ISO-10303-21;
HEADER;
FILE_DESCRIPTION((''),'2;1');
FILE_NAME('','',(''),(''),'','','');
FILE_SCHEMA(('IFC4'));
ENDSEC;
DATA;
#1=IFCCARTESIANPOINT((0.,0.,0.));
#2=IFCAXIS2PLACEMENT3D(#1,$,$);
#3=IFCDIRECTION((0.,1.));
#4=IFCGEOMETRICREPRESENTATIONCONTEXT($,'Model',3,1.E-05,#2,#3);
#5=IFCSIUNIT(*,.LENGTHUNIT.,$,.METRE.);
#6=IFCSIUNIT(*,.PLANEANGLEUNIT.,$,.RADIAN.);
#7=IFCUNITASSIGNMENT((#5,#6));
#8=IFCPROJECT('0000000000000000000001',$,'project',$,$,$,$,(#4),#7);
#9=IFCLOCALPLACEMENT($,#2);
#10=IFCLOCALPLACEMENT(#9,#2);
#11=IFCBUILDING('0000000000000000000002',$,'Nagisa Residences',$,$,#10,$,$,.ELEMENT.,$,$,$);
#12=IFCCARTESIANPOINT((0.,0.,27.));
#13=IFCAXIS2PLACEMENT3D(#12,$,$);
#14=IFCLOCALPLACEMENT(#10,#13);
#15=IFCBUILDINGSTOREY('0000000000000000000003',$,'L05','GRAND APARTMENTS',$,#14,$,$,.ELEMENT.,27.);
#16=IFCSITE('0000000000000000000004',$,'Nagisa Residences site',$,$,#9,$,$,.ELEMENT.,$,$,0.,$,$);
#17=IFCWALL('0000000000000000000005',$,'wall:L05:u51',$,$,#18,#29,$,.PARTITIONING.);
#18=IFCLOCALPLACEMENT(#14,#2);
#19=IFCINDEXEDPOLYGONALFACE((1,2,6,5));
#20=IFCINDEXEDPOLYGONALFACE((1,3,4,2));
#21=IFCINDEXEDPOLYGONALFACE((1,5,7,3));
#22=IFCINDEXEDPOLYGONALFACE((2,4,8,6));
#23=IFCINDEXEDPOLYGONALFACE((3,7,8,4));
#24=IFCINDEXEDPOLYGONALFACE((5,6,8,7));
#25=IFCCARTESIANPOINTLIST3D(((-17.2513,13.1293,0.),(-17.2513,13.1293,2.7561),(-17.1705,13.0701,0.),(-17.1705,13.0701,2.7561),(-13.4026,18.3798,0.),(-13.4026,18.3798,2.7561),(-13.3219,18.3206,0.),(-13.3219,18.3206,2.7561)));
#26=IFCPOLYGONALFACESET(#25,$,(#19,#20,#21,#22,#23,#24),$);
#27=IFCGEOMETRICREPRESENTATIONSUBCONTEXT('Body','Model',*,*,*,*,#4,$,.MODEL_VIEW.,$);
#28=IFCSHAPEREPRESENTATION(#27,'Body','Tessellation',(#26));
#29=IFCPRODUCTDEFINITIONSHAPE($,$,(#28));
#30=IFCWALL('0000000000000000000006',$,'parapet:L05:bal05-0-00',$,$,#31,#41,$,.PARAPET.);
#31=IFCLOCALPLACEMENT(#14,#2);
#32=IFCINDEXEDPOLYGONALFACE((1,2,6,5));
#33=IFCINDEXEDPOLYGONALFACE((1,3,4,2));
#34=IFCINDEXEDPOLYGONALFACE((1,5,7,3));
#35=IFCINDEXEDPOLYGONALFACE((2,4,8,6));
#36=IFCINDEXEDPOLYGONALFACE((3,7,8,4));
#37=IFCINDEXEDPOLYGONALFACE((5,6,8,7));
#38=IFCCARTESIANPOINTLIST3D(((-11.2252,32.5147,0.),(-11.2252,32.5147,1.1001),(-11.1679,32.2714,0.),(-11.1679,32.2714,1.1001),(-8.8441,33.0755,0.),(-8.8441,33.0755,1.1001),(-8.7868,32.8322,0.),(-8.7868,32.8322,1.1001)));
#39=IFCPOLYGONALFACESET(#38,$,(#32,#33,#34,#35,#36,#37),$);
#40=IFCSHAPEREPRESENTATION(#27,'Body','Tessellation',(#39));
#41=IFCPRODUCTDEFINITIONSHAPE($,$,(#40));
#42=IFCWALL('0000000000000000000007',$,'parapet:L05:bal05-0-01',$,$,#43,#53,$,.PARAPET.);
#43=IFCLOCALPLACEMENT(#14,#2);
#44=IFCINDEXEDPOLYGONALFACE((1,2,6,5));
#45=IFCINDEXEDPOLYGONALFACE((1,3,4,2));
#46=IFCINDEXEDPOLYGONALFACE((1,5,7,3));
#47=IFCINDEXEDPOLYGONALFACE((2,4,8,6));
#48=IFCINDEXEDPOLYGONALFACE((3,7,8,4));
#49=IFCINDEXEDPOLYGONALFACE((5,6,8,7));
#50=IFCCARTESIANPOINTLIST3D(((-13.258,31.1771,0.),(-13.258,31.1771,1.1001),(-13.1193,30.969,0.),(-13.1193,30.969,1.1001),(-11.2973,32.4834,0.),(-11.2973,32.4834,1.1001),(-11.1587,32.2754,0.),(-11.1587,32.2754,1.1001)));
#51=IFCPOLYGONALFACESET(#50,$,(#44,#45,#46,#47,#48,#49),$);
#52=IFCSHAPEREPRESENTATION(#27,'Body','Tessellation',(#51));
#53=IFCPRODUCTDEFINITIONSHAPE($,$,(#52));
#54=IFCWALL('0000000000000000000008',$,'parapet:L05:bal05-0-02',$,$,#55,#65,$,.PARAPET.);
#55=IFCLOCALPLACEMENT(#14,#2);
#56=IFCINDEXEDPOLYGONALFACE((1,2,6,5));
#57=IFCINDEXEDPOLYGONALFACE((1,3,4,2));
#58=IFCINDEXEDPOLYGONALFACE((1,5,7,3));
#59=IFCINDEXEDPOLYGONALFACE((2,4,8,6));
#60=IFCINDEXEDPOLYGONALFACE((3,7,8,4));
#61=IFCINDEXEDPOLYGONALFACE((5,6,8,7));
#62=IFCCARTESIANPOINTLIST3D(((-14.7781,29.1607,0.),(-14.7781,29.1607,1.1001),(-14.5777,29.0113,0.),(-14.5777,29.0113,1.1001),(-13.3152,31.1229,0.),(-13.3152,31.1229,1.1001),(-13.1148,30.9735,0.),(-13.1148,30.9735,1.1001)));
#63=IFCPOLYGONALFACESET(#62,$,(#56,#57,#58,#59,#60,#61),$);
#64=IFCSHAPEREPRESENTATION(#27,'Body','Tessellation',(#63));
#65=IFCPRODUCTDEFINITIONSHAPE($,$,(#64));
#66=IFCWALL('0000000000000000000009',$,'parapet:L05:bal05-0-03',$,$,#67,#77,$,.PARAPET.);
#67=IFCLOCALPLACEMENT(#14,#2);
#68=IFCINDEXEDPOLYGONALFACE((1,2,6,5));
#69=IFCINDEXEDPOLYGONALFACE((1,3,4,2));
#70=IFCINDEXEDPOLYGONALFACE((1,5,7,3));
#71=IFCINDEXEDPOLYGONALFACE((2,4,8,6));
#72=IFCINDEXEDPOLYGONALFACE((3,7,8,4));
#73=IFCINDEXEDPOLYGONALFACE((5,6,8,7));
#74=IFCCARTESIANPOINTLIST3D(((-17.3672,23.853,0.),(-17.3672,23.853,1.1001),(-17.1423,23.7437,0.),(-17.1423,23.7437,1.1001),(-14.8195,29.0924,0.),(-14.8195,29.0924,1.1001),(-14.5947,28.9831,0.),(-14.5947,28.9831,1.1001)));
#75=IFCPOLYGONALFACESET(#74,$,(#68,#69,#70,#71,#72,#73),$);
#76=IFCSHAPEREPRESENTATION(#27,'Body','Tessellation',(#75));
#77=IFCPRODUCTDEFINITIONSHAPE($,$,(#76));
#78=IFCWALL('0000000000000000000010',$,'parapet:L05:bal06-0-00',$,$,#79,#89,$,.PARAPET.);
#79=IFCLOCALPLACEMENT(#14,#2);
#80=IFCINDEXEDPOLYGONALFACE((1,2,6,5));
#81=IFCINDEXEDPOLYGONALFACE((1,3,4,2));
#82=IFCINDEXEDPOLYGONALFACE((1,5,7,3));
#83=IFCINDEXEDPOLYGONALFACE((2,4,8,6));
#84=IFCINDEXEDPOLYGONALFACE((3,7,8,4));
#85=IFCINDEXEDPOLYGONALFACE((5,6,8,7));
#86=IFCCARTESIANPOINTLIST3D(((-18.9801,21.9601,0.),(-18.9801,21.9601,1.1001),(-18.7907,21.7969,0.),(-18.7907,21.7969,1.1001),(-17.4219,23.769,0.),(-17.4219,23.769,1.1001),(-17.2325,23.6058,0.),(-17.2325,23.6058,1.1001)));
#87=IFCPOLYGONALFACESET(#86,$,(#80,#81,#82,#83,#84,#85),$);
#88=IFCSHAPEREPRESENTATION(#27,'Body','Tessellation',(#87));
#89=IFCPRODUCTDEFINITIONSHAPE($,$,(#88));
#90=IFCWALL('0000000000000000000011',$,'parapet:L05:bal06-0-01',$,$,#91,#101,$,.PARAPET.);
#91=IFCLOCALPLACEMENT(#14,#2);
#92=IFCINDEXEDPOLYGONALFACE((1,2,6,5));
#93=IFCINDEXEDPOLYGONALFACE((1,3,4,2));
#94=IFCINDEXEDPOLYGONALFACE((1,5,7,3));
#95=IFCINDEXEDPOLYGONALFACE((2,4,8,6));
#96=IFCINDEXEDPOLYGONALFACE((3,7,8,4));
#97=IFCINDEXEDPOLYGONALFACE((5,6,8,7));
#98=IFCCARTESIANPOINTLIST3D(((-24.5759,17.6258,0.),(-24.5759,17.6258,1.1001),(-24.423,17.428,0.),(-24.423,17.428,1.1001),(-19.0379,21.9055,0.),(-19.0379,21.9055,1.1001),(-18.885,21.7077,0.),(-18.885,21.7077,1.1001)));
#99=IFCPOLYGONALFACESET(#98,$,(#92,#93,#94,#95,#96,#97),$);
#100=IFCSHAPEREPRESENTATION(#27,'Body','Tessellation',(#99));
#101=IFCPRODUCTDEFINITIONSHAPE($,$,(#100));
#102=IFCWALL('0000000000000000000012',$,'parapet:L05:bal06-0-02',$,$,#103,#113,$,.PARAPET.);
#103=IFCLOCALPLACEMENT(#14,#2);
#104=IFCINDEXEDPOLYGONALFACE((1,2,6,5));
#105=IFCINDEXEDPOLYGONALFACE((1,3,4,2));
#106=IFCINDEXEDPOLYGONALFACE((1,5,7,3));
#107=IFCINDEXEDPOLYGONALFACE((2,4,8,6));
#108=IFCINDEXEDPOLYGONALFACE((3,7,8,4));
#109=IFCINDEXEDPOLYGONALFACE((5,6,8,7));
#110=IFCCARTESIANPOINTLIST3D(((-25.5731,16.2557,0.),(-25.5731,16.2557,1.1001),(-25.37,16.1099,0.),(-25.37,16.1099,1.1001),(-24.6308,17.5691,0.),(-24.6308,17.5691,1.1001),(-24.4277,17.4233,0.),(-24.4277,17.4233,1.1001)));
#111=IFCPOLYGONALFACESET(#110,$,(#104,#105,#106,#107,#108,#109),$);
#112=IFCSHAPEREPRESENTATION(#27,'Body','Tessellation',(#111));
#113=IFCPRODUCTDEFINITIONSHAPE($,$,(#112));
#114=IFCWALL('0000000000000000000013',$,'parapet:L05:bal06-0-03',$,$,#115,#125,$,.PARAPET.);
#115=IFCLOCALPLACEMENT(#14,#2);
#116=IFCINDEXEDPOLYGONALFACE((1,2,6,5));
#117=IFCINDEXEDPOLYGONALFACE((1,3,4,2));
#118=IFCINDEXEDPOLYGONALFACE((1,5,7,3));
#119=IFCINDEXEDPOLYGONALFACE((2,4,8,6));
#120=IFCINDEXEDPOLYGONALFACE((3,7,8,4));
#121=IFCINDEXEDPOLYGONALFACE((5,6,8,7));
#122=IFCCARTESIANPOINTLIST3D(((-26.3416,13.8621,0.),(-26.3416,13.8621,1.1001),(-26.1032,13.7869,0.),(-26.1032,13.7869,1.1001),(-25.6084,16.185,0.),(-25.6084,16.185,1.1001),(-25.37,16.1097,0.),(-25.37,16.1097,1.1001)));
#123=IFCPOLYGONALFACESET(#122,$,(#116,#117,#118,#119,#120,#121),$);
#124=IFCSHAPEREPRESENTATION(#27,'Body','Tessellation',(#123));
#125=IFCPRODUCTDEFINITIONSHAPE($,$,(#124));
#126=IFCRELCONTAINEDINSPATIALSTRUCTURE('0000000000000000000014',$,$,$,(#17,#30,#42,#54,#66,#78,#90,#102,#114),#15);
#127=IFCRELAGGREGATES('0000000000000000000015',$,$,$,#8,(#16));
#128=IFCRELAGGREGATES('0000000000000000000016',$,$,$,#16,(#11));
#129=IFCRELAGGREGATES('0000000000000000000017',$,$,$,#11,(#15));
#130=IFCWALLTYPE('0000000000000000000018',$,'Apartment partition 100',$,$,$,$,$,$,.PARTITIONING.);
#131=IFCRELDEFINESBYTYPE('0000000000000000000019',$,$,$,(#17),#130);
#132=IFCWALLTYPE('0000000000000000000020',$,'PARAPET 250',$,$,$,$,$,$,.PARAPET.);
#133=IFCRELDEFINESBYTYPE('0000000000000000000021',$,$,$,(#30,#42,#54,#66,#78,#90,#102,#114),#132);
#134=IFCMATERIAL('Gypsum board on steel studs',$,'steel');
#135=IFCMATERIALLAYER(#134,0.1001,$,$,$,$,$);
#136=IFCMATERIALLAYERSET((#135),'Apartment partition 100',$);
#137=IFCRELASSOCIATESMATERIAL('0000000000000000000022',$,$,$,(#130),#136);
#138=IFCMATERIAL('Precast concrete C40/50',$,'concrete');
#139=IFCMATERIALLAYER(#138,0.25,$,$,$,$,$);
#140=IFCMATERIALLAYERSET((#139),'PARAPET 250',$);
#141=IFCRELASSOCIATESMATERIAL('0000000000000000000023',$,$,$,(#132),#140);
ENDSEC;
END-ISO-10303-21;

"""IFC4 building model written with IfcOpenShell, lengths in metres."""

from ifc_helpers import new_model, si_unit, direction, frame, frame_2d, origin, place, context, subcontext, project, spatial, rectangle, extrude, material, layer, layer_set, type_object, element, save


model = new_model("IFC4")

# Units and contexts
model_context = context("Model", 3, precision=1e-05, world=origin(), true_north=direction((0.0, 1.0)))
body_context = subcontext(model_context, "Body", "Model", "MODEL_VIEW")
ifc_project = project(units=[si_unit("LENGTHUNIT", "METRE"), si_unit("PLANEANGLEUNIT", "RADIAN")], contexts=[model_context])

# Site, building, storey
site_placement = place(None, origin())
site = spatial("IfcSite", under=ifc_project, at=site_placement, Name="Nagisa Residences site", CompositionType="ELEMENT", RefElevation=0.0)
building_placement = place(site_placement, origin())
building = spatial("IfcBuilding", under=site, at=building_placement, Name="Nagisa Residences", CompositionType="ELEMENT")
storey_placement = place(building_placement, frame((0.0, 0.0, 27.0)))
storey = spatial("IfcBuildingStorey", under=building, at=storey_placement, Name="L05", Description="GRAND APARTMENTS", CompositionType="ELEMENT", Elevation=27.0)

# Shared definitions
ifc_material_1 = material(Name="Gypsum board on steel studs", Category="steel")
ifc_layer_1 = layer(ifc_material_1, 0.1001)
ifc_layer_set_1 = layer_set([ifc_layer_1], Name="Apartment partition 100")
wall_type_1 = type_object("IfcWallType", Name="Apartment partition 100", PredefinedType="PARTITIONING", material=ifc_layer_set_1)

# Wall
wall_1_placement = place(storey_placement, frame((-13.3623, 18.3501, 0.0), z_axis=(0.0, 0.0, 1.0), x_axis=(-0.591191, -0.806531, 0.0)))
element("IfcWall", 1, at=wall_1_placement, inside=storey, type_object=wall_type_1, Name="wall:L05:u51", PredefinedType="PARTITIONING", context=body_context, shape_type="SweptSolid", body=[
    extrude(rectangle(XDim=6.51, YDim=0.1001, at=frame_2d((3.2549, 0.0))), origin(), (0.0, 0.0, 1.0), 2.7561),
])

# Walls
ifc_material_2 = material(Name="Precast concrete C40/50", Category="concrete")
ifc_layer_2 = layer(ifc_material_2, 0.25)
ifc_layer_set_2 = layer_set([ifc_layer_2], Name="PARAPET 250")
wall_type_2 = type_object("IfcWallType", Name="PARAPET 250", PredefinedType="PARAPET", material=ifc_layer_set_2)
wall_2_placement = place(storey_placement, frame((-8.8154, 32.9539, 0.0), z_axis=(0.0, 0.0, 1.0), x_axis=(-0.973369, -0.229245, 0.0)))
element("IfcWall", 2, at=wall_2_placement, inside=storey, type_object=wall_type_2, Name="parapet:L05:bal05-0-00", PredefinedType="PARAPET", context=body_context, shape_type="SweptSolid", body=[
    extrude(rectangle(XDim=2.4463, YDim=0.25, at=frame_2d((1.2231, 0.0))), origin(), (0.0, 0.0, 1.0), 1.1001),
])
wall_3_placement = place(storey_placement, frame((-11.228, 32.3794, 0.0), z_axis=(0.0, 0.0, 1.0), x_axis=(-0.832194, -0.554485, 0.0)))
element("IfcWall", 3, at=wall_3_placement, inside=storey, type_object=wall_type_2, Name="parapet:L05:bal05-0-01", PredefinedType="PARAPET", context=body_context, shape_type="SweptSolid", body=[
    extrude(rectangle(XDim=2.356, YDim=0.25, at=frame_2d((1.178, 0.0))), origin(), (0.0, 0.0, 1.0), 1.1001),
])
wall_4_placement = place(storey_placement, frame((-13.2151, 31.0481, 0.0), z_axis=(0.0, 0.0, 1.0), x_axis=(-0.597715, -0.801708, 0.0)))
element("IfcWall", 4, at=wall_4_placement, inside=storey, type_object=wall_type_2, Name="parapet:L05:bal05-0-02", PredefinedType="PARAPET", context=body_context, shape_type="SweptSolid", body=[
    extrude(rectangle(XDim=2.4475, YDim=0.25, at=frame_2d((1.2236, 0.0))), origin(), (0.0, 0.0, 1.0), 1.1001),
])
wall_5_placement = place(storey_placement, frame((-14.707, 29.0378, 0.0), z_axis=(0.0, 0.0, 1.0), x_axis=(-0.437296, -0.899317, 0.0)))
element("IfcWall", 5, at=wall_5_placement, inside=storey, type_object=wall_type_2, Name="parapet:L05:bal05-0-03", PredefinedType="PARAPET", context=body_context, shape_type="SweptSolid", body=[
    extrude(rectangle(XDim=5.8259, YDim=0.25, at=frame_2d((2.9131, 0.0))), origin(), (0.0, 0.0, 1.0), 1.1001),
])
wall_6_placement = place(storey_placement, frame((-17.3271, 23.6875, 0.0), z_axis=(0.0, 0.0, 1.0), x_axis=(-0.652642, -0.757666, 0.0)))
element("IfcWall", 6, at=wall_6_placement, inside=storey, type_object=wall_type_2, Name="parapet:L05:bal06-0-00", PredefinedType="PARAPET", context=body_context, shape_type="SweptSolid", body=[
    extrude(rectangle(XDim=2.3875, YDim=0.25, at=frame_2d((1.1938, 0.0))), origin(), (0.0, 0.0, 1.0), 1.1001),
])
wall_7_placement = place(storey_placement, frame((-18.9614, 21.8066, 0.0), z_axis=(0.0, 0.0, 1.0), x_axis=(-0.79126, -0.611479, 0.0)))
element("IfcWall", 7, at=wall_7_placement, inside=storey, type_object=wall_type_2, Name="parapet:L05:bal06-0-01", PredefinedType="PARAPET", context=body_context, shape_type="SweptSolid", body=[
    extrude(rectangle(XDim=6.999, YDim=0.25, at=frame_2d((3.4995, 0.0))), origin(), (0.0, 0.0, 1.0), 1.1001),
])
wall_8_placement = place(storey_placement, frame((-24.5293, 17.4961, 0.0), z_axis=(0.0, 0.0, 1.0), x_axis=(-0.582951, -0.812507, 0.0)))
element("IfcWall", 8, at=wall_8_placement, inside=storey, type_object=wall_type_2, Name="parapet:L05:bal06-0-02", PredefinedType="PARAPET", context=body_context, shape_type="SweptSolid", body=[
    extrude(rectangle(XDim=1.6165, YDim=0.25, at=frame_2d((0.8081, 0.0))), origin(), (0.0, 0.0, 1.0), 1.1001),
])
wall_9_placement = place(storey_placement, frame((-25.4893, 16.1472, 0.0), z_axis=(0.0, 0.0, 1.0), x_axis=(-0.301002, -0.953624, 0.0)))
element("IfcWall", 9, at=wall_9_placement, inside=storey, type_object=wall_type_2, Name="parapet:L05:bal06-0-03", PredefinedType="PARAPET", context=body_context, shape_type="SweptSolid", body=[
    extrude(rectangle(XDim=2.4358, YDim=0.25, at=frame_2d((1.2178, 0.0))), origin(), (0.0, 0.0, 1.0), 1.1001),
])

save(model, "model.ifc")
